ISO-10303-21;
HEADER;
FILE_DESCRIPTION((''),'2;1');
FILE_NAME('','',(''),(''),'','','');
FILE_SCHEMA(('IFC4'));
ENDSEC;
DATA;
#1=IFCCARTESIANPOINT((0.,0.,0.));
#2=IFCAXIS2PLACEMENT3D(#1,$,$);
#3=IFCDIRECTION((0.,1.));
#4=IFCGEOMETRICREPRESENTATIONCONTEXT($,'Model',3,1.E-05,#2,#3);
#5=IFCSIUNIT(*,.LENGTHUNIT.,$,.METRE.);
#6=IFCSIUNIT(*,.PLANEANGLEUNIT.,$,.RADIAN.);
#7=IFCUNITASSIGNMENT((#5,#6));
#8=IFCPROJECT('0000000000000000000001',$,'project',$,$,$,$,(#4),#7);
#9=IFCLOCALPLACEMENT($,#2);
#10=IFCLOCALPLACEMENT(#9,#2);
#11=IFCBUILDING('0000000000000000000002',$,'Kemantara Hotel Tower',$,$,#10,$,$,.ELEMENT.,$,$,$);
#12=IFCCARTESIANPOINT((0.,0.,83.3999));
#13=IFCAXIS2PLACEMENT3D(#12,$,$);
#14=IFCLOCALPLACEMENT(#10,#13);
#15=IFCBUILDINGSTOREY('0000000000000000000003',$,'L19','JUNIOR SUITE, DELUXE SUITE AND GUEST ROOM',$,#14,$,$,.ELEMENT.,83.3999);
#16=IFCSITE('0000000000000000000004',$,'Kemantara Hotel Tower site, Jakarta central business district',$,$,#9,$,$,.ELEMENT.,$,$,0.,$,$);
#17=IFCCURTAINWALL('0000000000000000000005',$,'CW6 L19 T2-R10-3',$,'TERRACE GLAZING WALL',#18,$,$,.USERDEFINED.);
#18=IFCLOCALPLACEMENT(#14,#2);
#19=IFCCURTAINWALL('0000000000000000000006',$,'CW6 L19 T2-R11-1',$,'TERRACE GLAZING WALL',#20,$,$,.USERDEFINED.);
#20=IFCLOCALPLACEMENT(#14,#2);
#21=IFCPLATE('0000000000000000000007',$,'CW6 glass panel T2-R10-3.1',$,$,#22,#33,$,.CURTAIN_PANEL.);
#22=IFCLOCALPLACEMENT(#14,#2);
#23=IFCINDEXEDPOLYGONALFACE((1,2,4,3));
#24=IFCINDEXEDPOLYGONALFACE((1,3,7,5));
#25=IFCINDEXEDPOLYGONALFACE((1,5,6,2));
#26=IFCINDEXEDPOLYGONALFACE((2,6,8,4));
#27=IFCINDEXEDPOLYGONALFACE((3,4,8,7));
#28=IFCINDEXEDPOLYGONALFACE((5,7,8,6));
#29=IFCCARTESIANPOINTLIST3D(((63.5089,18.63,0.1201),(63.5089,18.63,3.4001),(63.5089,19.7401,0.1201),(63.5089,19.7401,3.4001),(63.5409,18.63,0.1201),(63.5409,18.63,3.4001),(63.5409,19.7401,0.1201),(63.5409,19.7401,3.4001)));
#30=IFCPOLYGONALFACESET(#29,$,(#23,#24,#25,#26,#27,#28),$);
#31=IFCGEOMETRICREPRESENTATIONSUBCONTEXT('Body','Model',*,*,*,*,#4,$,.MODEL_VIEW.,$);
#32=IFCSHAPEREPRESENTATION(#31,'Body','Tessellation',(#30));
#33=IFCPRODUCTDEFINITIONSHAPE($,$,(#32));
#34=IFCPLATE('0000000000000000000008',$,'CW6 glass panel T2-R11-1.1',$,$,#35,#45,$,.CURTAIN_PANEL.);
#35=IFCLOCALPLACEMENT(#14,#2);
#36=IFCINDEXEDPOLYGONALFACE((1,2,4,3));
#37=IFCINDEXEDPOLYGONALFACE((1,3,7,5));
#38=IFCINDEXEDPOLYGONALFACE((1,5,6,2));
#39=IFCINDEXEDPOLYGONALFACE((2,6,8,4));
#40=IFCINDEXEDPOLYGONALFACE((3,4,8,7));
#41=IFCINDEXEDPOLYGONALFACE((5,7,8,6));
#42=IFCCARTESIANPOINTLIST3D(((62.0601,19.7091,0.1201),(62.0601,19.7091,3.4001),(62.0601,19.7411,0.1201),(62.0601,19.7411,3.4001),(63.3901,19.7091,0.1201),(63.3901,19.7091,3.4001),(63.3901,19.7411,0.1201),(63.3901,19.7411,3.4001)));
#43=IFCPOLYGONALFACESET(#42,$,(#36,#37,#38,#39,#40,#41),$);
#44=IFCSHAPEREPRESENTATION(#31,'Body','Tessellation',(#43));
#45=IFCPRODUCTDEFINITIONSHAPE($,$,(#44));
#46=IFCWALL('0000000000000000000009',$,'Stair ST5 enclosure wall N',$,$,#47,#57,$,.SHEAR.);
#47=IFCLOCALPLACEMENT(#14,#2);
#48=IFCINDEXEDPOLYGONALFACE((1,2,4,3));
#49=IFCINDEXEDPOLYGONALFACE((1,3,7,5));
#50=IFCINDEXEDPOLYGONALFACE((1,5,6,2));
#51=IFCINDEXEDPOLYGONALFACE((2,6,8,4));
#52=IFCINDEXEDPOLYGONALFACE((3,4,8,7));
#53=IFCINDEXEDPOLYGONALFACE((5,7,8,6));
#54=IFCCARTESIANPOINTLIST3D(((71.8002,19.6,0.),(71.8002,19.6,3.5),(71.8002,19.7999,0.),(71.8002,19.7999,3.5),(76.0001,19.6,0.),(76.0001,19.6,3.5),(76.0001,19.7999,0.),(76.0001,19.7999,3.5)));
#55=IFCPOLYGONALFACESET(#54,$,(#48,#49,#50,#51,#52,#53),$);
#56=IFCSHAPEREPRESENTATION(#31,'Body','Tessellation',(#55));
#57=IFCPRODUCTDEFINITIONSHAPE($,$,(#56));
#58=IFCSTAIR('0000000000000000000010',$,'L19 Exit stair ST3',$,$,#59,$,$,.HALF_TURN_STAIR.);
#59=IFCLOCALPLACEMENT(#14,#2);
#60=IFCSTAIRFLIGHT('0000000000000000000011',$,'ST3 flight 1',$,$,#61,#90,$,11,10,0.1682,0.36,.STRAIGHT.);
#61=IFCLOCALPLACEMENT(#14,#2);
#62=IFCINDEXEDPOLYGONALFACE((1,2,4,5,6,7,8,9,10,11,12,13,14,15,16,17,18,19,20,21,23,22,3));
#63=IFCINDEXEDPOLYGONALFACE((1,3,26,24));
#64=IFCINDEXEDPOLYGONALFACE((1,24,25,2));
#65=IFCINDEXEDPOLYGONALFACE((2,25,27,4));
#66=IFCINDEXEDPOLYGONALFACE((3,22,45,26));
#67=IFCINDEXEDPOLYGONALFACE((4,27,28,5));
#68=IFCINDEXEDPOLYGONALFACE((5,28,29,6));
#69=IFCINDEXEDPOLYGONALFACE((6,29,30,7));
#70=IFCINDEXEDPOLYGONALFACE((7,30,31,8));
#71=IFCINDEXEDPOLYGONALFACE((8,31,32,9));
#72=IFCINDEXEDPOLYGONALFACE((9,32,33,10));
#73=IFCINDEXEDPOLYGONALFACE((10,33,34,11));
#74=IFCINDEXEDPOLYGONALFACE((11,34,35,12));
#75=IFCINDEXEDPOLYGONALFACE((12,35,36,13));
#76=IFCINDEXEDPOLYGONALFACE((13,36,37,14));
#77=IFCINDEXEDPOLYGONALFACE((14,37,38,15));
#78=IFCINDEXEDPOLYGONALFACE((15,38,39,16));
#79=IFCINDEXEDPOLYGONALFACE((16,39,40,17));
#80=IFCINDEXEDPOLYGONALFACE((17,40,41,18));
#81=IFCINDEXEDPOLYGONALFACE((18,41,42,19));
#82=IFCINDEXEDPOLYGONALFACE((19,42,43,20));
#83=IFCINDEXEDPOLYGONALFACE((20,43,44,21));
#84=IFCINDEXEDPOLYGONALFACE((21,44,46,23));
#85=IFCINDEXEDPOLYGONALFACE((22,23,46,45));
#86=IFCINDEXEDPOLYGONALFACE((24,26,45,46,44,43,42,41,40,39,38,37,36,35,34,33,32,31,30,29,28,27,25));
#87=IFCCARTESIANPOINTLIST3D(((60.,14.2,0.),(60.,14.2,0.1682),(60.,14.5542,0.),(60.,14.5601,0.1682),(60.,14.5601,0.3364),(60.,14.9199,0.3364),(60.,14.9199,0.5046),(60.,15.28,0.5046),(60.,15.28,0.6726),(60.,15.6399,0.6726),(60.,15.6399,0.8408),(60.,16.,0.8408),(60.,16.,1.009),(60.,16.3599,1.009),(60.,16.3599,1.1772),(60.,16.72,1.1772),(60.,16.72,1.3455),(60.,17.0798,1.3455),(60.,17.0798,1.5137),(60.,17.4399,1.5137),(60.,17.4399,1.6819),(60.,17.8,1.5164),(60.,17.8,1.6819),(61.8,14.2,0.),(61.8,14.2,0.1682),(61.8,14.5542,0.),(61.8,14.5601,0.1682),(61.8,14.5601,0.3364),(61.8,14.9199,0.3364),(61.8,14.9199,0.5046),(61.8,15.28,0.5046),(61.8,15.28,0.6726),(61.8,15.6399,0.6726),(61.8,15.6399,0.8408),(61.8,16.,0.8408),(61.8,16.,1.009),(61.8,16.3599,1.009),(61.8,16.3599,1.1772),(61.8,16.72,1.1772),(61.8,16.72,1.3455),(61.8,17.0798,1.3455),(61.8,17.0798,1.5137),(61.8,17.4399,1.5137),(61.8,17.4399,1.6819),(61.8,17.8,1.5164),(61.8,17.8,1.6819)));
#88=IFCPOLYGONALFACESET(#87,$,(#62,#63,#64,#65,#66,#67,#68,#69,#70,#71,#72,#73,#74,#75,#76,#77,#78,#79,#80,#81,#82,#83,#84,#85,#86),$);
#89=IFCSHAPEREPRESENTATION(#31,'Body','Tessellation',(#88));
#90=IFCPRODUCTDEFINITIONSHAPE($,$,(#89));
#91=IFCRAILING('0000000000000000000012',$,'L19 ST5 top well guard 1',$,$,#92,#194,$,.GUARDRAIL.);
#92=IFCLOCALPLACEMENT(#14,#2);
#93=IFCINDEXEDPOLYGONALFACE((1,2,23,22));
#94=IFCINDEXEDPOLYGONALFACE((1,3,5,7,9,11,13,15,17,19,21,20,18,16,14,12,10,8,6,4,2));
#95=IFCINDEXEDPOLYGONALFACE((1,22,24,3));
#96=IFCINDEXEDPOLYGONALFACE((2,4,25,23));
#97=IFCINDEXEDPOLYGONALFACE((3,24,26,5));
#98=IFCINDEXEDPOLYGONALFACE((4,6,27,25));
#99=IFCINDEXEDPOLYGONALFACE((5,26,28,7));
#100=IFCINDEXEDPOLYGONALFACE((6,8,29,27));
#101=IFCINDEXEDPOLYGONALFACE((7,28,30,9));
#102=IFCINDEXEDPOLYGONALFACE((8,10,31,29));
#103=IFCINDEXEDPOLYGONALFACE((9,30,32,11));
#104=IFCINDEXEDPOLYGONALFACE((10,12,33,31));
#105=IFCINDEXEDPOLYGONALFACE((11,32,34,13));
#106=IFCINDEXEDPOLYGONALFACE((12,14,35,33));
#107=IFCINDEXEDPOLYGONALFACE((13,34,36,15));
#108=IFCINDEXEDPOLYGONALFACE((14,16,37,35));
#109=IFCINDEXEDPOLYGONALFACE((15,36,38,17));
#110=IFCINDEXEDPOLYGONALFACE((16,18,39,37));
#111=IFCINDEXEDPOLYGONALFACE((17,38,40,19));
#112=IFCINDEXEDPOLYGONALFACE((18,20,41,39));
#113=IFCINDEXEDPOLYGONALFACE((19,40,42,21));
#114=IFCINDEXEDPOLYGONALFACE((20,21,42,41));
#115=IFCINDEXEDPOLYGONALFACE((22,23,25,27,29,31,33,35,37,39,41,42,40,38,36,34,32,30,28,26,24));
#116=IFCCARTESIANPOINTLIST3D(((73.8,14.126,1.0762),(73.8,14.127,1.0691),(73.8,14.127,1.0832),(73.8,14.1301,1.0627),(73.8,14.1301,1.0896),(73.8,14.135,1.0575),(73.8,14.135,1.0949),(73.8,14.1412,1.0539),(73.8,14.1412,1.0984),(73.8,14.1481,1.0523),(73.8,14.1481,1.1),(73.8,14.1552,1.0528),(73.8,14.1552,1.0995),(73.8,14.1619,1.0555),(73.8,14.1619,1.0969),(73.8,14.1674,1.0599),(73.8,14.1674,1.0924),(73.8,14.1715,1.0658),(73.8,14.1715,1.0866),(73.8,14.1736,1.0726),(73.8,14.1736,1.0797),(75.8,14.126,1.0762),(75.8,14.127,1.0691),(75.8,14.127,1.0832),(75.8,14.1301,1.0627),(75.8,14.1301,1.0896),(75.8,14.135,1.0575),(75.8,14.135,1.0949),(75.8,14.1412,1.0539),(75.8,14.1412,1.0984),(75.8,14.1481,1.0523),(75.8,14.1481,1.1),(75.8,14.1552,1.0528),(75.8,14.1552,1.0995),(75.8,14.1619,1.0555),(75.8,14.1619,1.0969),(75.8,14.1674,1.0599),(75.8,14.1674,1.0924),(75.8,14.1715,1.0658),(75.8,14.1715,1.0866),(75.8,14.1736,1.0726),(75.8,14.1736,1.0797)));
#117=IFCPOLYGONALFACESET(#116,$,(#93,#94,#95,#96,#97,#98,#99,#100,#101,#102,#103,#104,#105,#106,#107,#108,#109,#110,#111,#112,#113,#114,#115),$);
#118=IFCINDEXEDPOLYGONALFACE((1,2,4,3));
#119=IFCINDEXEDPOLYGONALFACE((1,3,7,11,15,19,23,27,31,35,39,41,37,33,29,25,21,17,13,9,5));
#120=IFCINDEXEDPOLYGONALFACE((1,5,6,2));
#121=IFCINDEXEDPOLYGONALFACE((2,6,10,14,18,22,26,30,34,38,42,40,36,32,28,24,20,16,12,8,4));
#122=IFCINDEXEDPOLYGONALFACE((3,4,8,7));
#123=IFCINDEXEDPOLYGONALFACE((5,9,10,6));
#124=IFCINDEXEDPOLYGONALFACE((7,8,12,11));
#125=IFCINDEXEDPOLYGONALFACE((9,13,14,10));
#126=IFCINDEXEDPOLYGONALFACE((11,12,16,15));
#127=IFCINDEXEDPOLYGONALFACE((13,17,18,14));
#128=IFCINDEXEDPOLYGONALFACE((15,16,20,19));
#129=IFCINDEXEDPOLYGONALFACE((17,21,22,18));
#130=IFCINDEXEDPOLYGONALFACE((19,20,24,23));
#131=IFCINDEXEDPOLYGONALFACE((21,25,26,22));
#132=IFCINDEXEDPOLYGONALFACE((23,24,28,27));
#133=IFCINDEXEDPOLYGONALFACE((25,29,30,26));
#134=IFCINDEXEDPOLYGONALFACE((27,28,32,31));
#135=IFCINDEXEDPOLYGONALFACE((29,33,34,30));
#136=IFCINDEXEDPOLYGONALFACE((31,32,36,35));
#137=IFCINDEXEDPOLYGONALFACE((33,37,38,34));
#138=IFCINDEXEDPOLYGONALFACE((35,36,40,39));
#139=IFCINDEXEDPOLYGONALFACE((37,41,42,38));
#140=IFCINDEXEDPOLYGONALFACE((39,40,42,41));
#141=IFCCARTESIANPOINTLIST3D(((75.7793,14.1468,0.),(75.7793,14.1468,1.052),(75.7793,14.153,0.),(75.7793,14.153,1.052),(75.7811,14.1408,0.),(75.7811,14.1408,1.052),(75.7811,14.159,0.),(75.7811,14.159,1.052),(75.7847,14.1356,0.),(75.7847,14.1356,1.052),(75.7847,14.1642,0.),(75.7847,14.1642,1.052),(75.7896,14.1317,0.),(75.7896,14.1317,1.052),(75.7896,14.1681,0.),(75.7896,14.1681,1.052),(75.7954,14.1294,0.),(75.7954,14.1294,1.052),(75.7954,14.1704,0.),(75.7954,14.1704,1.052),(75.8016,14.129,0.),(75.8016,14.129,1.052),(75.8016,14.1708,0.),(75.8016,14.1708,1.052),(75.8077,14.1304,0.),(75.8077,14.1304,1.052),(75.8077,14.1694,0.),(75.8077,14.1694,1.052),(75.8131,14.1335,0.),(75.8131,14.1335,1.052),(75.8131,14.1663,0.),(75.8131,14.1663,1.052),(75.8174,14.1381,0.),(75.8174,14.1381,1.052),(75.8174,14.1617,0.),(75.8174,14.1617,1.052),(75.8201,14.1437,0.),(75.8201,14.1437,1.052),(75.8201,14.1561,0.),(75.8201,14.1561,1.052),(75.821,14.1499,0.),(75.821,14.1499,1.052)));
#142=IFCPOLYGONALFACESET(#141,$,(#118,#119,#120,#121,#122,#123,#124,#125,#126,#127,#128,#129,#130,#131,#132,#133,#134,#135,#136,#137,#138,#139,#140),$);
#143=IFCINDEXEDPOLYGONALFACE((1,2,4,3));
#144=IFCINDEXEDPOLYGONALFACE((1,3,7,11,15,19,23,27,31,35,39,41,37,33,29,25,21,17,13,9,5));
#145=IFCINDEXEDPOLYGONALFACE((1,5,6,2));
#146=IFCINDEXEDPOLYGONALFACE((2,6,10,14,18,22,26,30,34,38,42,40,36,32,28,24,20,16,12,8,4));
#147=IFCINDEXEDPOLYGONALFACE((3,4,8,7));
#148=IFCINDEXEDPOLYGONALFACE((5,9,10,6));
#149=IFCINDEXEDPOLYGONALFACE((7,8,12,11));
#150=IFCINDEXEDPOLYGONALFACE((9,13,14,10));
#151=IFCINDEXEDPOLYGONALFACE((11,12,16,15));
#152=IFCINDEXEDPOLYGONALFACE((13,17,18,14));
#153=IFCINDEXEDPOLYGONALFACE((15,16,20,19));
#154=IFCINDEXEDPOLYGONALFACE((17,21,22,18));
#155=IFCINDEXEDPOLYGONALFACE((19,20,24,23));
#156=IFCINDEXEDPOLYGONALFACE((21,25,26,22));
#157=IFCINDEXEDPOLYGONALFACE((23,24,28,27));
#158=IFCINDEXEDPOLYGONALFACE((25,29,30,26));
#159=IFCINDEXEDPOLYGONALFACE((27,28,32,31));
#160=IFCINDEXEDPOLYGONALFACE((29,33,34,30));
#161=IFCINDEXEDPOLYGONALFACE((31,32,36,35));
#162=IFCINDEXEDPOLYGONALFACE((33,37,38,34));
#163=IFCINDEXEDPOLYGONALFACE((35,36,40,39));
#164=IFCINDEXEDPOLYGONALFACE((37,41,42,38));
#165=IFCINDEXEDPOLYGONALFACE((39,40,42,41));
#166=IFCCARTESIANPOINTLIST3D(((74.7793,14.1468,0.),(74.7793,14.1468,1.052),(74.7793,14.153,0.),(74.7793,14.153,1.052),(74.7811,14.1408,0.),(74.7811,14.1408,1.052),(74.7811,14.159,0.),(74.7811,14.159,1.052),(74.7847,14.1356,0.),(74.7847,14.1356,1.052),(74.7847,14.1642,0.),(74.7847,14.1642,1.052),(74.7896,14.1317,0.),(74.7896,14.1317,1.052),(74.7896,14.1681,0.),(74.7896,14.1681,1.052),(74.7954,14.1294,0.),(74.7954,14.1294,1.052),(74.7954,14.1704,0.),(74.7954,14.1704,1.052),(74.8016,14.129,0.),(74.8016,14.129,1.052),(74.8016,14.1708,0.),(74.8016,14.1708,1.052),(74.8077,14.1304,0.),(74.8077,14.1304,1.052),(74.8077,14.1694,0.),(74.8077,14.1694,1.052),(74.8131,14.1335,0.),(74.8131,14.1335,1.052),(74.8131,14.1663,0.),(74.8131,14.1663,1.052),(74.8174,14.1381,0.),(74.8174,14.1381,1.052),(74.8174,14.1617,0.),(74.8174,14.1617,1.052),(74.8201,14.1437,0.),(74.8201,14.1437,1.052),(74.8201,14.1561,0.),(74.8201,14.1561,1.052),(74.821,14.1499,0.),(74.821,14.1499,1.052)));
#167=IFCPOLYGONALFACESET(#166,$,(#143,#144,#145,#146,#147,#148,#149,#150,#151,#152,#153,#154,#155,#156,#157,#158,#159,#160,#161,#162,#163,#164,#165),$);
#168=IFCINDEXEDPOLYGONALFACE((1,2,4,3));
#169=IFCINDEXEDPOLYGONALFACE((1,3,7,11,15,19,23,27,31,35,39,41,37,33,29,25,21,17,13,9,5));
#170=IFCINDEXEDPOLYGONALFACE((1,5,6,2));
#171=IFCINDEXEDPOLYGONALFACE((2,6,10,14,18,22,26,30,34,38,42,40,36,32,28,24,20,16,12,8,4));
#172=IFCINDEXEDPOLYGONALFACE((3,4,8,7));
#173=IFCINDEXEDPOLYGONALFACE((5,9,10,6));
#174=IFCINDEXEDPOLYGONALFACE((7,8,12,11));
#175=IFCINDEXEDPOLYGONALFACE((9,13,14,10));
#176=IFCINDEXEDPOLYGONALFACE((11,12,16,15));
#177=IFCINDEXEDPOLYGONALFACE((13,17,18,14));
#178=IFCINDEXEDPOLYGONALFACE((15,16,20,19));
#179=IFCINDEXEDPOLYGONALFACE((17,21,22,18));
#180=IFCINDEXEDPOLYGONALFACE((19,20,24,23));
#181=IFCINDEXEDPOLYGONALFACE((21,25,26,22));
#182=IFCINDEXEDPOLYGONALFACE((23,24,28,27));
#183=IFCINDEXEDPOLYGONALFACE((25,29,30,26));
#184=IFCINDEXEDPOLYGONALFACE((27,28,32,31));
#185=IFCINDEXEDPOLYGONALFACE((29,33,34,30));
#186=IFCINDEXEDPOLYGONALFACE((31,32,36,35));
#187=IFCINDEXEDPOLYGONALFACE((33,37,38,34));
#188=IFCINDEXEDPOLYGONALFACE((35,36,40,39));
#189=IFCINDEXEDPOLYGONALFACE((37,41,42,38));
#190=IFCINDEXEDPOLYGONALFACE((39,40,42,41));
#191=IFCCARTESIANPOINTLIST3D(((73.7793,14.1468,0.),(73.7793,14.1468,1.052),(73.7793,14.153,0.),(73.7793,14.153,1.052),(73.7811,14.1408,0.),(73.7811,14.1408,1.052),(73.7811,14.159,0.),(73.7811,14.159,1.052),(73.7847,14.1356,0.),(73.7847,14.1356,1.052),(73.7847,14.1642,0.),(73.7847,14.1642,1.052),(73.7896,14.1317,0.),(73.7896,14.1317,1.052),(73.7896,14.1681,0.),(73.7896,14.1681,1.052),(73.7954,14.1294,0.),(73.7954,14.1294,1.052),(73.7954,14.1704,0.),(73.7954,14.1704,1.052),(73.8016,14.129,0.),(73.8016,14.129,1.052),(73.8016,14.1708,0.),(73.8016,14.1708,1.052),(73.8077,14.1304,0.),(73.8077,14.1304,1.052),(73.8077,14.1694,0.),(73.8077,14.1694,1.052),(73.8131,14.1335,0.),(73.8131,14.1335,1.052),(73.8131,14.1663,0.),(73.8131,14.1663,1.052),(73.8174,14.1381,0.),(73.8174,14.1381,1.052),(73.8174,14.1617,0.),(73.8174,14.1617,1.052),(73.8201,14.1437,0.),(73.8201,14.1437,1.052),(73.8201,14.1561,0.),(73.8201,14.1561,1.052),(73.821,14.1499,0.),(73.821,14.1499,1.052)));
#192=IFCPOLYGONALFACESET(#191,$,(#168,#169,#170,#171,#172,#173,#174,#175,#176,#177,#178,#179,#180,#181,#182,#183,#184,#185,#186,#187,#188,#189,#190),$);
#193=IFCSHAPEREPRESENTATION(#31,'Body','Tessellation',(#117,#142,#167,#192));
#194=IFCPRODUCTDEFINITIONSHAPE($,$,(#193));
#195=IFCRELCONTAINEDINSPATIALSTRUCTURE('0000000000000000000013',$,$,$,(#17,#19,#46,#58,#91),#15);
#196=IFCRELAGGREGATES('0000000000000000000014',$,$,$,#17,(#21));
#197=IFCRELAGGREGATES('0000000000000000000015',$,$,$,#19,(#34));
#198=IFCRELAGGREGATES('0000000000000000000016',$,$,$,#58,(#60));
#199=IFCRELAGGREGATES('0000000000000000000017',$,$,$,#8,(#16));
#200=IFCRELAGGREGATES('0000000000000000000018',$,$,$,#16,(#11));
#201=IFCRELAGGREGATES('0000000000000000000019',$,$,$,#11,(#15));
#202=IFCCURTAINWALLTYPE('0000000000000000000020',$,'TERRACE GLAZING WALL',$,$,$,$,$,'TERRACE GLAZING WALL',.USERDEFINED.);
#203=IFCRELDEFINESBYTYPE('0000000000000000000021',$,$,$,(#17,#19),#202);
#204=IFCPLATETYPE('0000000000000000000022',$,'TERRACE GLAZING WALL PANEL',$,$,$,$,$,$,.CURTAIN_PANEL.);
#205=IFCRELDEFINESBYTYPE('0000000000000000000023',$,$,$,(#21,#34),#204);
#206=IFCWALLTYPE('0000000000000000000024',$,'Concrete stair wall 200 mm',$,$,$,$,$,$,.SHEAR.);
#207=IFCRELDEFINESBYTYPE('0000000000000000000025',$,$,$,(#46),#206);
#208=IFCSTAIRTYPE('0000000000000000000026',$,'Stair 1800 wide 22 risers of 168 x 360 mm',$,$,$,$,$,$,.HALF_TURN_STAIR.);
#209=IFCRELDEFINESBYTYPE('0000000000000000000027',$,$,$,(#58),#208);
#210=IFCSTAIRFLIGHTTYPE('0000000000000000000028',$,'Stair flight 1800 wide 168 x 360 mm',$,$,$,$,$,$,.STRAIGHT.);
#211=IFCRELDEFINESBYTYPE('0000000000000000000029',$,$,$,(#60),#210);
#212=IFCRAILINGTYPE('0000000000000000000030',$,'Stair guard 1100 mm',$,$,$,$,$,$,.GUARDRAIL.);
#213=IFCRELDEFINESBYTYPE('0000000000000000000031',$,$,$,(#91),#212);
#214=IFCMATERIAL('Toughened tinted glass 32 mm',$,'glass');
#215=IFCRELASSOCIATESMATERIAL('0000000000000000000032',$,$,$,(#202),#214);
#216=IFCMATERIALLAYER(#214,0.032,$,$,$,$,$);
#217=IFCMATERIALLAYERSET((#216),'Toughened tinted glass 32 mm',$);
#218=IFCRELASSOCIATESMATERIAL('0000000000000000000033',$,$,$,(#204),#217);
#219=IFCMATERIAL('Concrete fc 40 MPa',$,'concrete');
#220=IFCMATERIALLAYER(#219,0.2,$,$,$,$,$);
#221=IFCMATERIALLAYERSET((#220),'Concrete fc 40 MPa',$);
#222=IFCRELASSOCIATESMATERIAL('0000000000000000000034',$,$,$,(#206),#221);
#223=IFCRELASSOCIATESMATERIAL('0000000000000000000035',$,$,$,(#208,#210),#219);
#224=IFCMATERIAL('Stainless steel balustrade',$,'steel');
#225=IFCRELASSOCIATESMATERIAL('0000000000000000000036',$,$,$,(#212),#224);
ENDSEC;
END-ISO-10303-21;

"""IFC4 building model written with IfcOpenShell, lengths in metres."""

from ifc_helpers import new_model, si_unit, direction, frame, frame_2d, origin, origin_2d, place, context, subcontext, project, spatial, polyline, rectangle, circle, outline, extrude, source, transform, mapped, material, layer, layer_set, type_object, element, aggregate, save


model = new_model("IFC4")

# Units and contexts
model_context = context("Model", 3, precision=1e-05, world=origin(), true_north=direction((0.0, 1.0)))
body_context = subcontext(model_context, "Body", "Model", "MODEL_VIEW")
ifc_project = project(units=[si_unit("LENGTHUNIT", "METRE"), si_unit("PLANEANGLEUNIT", "RADIAN")], contexts=[model_context])

# Site, building, storey
site_placement = place(None, origin())
site = spatial("IfcSite", under=ifc_project, at=site_placement, Name="Kemantara Hotel Tower site, Jakarta central business district", CompositionType="ELEMENT", RefElevation=0.0)
building_placement = place(site_placement, origin())
building = spatial("IfcBuilding", under=site, at=building_placement, Name="Kemantara Hotel Tower", CompositionType="ELEMENT")
storey_placement = place(building_placement, frame((0.0, 0.0, 83.3999)))
storey = spatial("IfcBuildingStorey", under=building, at=storey_placement, Name="L19", Description="JUNIOR SUITE, DELUXE SUITE AND GUEST ROOM", CompositionType="ELEMENT", Elevation=83.3999)

# Curtain walls
ifc_material_1 = material(Name="Toughened tinted glass 32 mm", Category="glass")
curtain_wall_type = type_object("IfcCurtainWallType", Name="TERRACE GLAZING WALL", ElementType="TERRACE GLAZING WALL", PredefinedType="USERDEFINED", material=ifc_material_1)
curtain_wall_1_placement = place(storey_placement, origin())
curtain_wall_1 = element("IfcCurtainWall", 1, at=curtain_wall_1_placement, inside=storey, type_object=curtain_wall_type, Name="CW6 L19 T2-R10-3", ObjectType="TERRACE GLAZING WALL", PredefinedType="USERDEFINED")
curtain_wall_2_placement = place(storey_placement, origin())
curtain_wall_2 = element("IfcCurtainWall", 2, at=curtain_wall_2_placement, inside=storey, type_object=curtain_wall_type, Name="CW6 L19 T2-R11-1", ObjectType="TERRACE GLAZING WALL", PredefinedType="USERDEFINED")

# Plates
ifc_layer_1 = layer(ifc_material_1, 0.032)
ifc_layer_set_1 = layer_set([ifc_layer_1], Name="Toughened tinted glass 32 mm")
plate_type = type_object("IfcPlateType", Name="TERRACE GLAZING WALL PANEL", PredefinedType="CURTAIN_PANEL", material=ifc_layer_set_1)
shared_shape_1 = source(origin(), body_context, "Body", "SweptSolid", [
    extrude(rectangle(XDim=1.1101, YDim=0.032, at=origin_2d()), origin(), (0.0, 0.0, 1.0), 3.28),
])
plate_1_placement = place(storey_placement, frame((63.5249, 19.1851, 0.1201), z_axis=(0.0, 0.0, 1.0), x_axis=(0.0, 1.0, 0.0)))
plate_1 = element("IfcPlate", 3, at=plate_1_placement, type_object=plate_type, Name="CW6 glass panel T2-R10-3.1", PredefinedType="CURTAIN_PANEL", context=body_context, shape_type="MappedRepresentation", body=[
    mapped(shared_shape_1, transform((0.0, 0.0, 0.0))),
])
aggregate(curtain_wall_1, [plate_1])
shared_shape_2 = source(origin(), body_context, "Body", "SweptSolid", [
    extrude(rectangle(XDim=1.3301, YDim=0.032, at=origin_2d()), origin(), (0.0, 0.0, 1.0), 3.28),
])
plate_2_placement = place(storey_placement, frame((62.7251, 19.7251, 0.1201), z_axis=(0.0, 0.0, 1.0), x_axis=(-1.0, 0.0, 0.0)))
plate_2 = element("IfcPlate", 4, at=plate_2_placement, type_object=plate_type, Name="CW6 glass panel T2-R11-1.1", PredefinedType="CURTAIN_PANEL", context=body_context, shape_type="MappedRepresentation", body=[
    mapped(shared_shape_2, transform((0.0, 0.0, 0.0))),
])
aggregate(curtain_wall_2, [plate_2])

# Wall
ifc_material_2 = material(Name="Concrete fc 40 MPa", Category="concrete")
ifc_layer_2 = layer(ifc_material_2, 0.2)
ifc_layer_set_2 = layer_set([ifc_layer_2], Name="Concrete fc 40 MPa")
wall_type_1 = type_object("IfcWallType", Name="Concrete stair wall 200 mm", PredefinedType="SHEAR", material=ifc_layer_set_2)
wall_1_placement = place(storey_placement, frame((71.8, 19.7, 0.0), z_axis=(0.0, 0.0, 1.0), x_axis=(1.0, 0.0, 0.0)))
element("IfcWall", 5, at=wall_1_placement, inside=storey, type_object=wall_type_1, Name="Stair ST5 enclosure wall N", PredefinedType="SHEAR", context=body_context, shape_type="SweptSolid", body=[
    extrude(rectangle(XDim=4.2, YDim=0.2, at=frame_2d((2.1001, 0.0))), origin(), (0.0, 0.0, 1.0), 3.5),
])

# Stair, stair flight
stair_type = type_object("IfcStairType", Name="Stair 1800 wide 22 risers of 168 x 360 mm", PredefinedType="HALF_TURN_STAIR", material=ifc_material_2)
stair_placement = place(storey_placement, origin())
stair = element("IfcStair", 6, at=stair_placement, inside=storey, type_object=stair_type, Name="L19 Exit stair ST3", PredefinedType="HALF_TURN_STAIR")
stair_flight_type = type_object("IfcStairFlightType", Name="Stair flight 1800 wide 168 x 360 mm", PredefinedType="STRAIGHT", material=ifc_material_2)
stair_flight_placement = place(storey_placement, frame((60.8999, 14.2, 0.0), z_axis=(0.0, 0.0, 1.0), x_axis=(0.0, 1.0, 0.0)))
stair_flight = element("IfcStairFlight", 7, at=stair_flight_placement, type_object=stair_flight_type, Name="ST3 flight 1", NumberOfRisers=11, NumberOfTreads=10, PredefinedType="STRAIGHT", RiserHeight=0.1682, TreadLength=0.36, context=body_context, shape_type="SweptSolid", body=[
    extrude(outline(polyline([(0.0, 0.0), (0.0, 0.1682), (0.3601, 0.1682), (0.3601, 0.3364), (0.72, 0.3364), (0.72, 0.5046), (1.0801, 0.5046), (1.0801, 0.6726), (1.4399, 0.6726), (1.4399, 0.8408), (1.8, 0.8408), (1.8, 1.009), (2.1599, 1.009), (2.1599, 1.1772), (2.52, 1.1772), (2.52, 1.3455), (2.8799, 1.3455), (2.8799, 1.5137), (3.24, 1.5137), (3.24, 1.6819), (3.6001, 1.6819), (3.6001, 1.8501), (3.6001, 1.5164), (0.3542, 0.0), (0.0, 0.0)])), frame((0.0, 0.8999, 0.0), z_axis=(0.0, -1.0, 0.0), x_axis=(1.0, 0.0, 0.0)), (0.0, 0.0, 1.0), 1.8),
])
aggregate(stair, [stair_flight])

# Railing
ifc_material_3 = material(Name="Stainless steel balustrade", Category="steel")
railing_type_1 = type_object("IfcRailingType", Name="Stair guard 1100 mm", PredefinedType="GUARDRAIL", material=ifc_material_3)
railing_1_placement = place(storey_placement, frame((75.8, 14.1499, 0.0)))
element("IfcRailing", 8, at=railing_1_placement, inside=storey, type_object=railing_type_1, Name="L19 ST5 top well guard 1", PredefinedType="GUARDRAIL", context=body_context, shape_type="SweptSolid", body=[
    extrude(circle(Radius=0.0239, at=origin_2d()), frame((0.0, 0.0, 1.0762), z_axis=(-1.0, 0.0, 0.0), x_axis=(0.0, -1.0, 0.0)), (0.0, 0.0, 1.0), 2.0),
    extrude(circle(Radius=0.021, at=origin_2d()), origin(), (0.0, 0.0, 1.0), 1.052),
    extrude(circle(Radius=0.021, at=origin_2d()), frame((-1.0, 0.0, 0.0)), (0.0, 0.0, 1.0), 1.052),
    extrude(circle(Radius=0.021, at=origin_2d()), frame((-2.0, 0.0, 0.0)), (0.0, 0.0, 1.0), 1.052),
])

save(model, "model.ifc")
